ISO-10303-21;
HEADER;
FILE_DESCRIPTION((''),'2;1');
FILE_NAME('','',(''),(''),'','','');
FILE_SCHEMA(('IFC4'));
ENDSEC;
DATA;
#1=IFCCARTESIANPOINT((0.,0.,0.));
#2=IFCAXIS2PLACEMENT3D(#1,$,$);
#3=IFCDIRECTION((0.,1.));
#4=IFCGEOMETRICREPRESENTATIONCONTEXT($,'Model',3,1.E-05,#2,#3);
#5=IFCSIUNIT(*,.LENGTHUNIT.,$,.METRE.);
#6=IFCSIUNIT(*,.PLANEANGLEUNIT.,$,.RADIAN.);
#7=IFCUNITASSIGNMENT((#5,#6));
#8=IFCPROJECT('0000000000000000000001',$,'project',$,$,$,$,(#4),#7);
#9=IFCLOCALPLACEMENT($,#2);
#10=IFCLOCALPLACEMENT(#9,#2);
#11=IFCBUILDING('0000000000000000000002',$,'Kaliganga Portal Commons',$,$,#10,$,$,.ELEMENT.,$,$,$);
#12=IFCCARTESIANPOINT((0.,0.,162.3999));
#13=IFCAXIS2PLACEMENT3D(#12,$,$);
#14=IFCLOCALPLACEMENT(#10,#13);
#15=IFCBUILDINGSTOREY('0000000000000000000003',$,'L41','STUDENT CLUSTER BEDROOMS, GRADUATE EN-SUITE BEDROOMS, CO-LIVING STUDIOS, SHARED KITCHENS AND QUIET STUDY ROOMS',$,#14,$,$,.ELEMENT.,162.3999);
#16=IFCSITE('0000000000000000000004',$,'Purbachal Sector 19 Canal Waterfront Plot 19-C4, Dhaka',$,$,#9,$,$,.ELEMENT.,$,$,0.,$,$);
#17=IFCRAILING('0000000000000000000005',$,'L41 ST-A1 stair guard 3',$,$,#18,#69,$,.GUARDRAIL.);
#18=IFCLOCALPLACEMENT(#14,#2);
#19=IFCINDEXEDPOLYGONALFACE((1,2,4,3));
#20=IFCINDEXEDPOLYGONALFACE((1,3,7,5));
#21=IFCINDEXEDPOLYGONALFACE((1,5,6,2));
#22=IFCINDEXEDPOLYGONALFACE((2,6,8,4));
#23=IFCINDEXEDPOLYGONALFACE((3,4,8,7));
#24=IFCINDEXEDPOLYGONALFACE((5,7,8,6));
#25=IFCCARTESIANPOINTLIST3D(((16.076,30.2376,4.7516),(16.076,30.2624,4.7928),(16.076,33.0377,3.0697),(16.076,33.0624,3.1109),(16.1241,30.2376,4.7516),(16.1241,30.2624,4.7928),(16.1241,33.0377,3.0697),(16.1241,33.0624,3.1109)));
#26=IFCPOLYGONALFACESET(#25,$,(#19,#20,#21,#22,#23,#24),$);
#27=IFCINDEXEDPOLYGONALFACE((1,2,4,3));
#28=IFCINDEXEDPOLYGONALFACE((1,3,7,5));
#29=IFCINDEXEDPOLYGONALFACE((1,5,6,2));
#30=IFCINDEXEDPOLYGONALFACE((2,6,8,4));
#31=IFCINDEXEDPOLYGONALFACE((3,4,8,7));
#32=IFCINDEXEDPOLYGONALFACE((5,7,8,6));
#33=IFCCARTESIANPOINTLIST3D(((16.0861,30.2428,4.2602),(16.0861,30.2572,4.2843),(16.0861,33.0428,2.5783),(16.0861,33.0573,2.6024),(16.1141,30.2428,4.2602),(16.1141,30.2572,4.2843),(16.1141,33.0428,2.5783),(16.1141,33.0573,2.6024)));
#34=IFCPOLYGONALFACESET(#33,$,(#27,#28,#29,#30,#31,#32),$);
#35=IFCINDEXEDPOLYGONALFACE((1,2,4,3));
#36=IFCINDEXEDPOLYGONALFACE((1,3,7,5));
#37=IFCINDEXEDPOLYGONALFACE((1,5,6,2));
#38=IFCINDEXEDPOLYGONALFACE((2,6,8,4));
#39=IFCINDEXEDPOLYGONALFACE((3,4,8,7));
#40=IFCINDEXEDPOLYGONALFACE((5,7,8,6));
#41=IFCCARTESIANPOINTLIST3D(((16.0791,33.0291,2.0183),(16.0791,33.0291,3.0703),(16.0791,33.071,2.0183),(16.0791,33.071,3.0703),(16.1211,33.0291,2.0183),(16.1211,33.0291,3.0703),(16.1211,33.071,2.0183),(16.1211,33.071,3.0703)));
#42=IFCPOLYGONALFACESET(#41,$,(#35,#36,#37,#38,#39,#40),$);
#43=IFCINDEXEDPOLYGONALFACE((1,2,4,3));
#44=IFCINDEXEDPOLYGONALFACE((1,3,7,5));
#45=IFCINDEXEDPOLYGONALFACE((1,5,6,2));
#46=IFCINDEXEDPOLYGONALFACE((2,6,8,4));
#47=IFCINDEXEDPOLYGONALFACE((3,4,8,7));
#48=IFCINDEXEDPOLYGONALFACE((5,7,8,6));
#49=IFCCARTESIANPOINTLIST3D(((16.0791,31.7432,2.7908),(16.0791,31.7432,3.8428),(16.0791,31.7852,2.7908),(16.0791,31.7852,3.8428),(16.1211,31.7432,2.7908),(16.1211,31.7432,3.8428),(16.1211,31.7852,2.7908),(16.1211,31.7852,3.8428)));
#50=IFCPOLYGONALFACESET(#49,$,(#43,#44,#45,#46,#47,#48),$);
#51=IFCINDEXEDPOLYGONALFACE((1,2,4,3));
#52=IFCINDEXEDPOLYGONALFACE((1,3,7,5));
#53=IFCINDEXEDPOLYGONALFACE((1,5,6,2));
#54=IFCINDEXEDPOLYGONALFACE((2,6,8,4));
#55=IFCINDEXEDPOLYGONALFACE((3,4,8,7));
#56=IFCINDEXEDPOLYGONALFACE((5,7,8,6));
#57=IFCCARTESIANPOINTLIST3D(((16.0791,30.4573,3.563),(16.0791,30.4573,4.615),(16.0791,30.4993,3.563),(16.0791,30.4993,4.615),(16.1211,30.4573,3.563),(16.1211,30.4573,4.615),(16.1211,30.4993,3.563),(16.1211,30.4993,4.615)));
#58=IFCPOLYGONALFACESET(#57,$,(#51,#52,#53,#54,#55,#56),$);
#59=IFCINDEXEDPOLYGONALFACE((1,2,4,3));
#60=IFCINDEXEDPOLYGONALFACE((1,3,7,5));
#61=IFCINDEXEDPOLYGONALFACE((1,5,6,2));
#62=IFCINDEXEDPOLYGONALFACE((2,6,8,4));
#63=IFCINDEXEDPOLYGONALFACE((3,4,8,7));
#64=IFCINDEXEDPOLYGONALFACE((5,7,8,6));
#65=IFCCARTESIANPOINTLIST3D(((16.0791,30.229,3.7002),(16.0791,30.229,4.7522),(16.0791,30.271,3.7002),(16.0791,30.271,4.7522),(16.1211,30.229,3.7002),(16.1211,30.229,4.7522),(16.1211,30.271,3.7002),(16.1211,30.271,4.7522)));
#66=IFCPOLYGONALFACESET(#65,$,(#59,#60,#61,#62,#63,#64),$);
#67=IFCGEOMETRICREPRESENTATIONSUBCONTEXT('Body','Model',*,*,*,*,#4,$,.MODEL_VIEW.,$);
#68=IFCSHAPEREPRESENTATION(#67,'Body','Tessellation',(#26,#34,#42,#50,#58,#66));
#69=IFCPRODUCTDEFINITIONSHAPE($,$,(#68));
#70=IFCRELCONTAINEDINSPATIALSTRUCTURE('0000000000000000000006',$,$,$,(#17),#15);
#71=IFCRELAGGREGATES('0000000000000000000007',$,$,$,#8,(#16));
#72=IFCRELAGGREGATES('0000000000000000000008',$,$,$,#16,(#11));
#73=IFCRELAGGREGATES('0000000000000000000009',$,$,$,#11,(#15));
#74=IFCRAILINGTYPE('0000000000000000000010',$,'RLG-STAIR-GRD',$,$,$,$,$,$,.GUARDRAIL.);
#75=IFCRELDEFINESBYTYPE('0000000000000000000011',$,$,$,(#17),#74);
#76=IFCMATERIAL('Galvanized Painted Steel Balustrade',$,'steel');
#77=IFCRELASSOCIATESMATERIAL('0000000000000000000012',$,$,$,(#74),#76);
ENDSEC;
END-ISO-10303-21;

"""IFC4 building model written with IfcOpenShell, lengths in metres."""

from ifc_helpers import new_model, si_unit, direction, frame, origin, origin_2d, place, context, subcontext, project, spatial, rectangle, extrude, material, type_object, element, save


model = new_model("IFC4")

# Units and contexts
model_context = context("Model", 3, precision=1e-05, world=origin(), true_north=direction((0.0, 1.0)))
body_context = subcontext(model_context, "Body", "Model", "MODEL_VIEW")
ifc_project = project(units=[si_unit("LENGTHUNIT", "METRE"), si_unit("PLANEANGLEUNIT", "RADIAN")], contexts=[model_context])

# Site, building, storey
site_placement = place(None, origin())
site = spatial("IfcSite", under=ifc_project, at=site_placement, Name="Purbachal Sector 19 Canal Waterfront Plot 19-C4, Dhaka", CompositionType="ELEMENT", RefElevation=0.0)
building_placement = place(site_placement, origin())
building = spatial("IfcBuilding", under=site, at=building_placement, Name="Kaliganga Portal Commons", CompositionType="ELEMENT")
storey_placement = place(building_placement, frame((0.0, 0.0, 162.3999)))
storey = spatial("IfcBuildingStorey", under=building, at=storey_placement, Name="L41", Description="STUDENT CLUSTER BEDROOMS, GRADUATE EN-SUITE BEDROOMS, CO-LIVING STUDIOS, SHARED KITCHENS AND QUIET STUDY ROOMS", CompositionType="ELEMENT", Elevation=162.3999)

# Railing
ifc_material_1 = material(Name="Galvanized Painted Steel Balustrade", Category="steel")
railing_type = type_object("IfcRailingType", Name="RLG-STAIR-GRD", PredefinedType="GUARDRAIL", material=ifc_material_1)
railing_1_placement = place(storey_placement, frame((16.1001, 33.05, 2.0183)))
element("IfcRailing", 1, at=railing_1_placement, inside=storey, type_object=railing_type, Name="L41 ST-A1 stair guard 3", PredefinedType="GUARDRAIL", context=body_context, shape_type="SweptSolid", body=[
    extrude(rectangle(XDim=0.0481, YDim=0.0481, at=origin_2d()), frame((0.0, 0.0, 1.072), z_axis=(0.0, -0.857242, 0.514913), x_axis=(1.0, 0.0, 0.0)), (0.0, 0.0, 1.0), 3.2664),
    extrude(rectangle(XDim=0.0281, YDim=0.0281, at=origin_2d()), frame((0.0, 0.0, 0.572), z_axis=(0.0, -0.857242, 0.514913), x_axis=(1.0, 0.0, 0.0)), (0.0, 0.0, 1.0), 3.2664),
    extrude(rectangle(XDim=0.042, YDim=0.042, at=origin_2d()), origin(), (0.0, 0.0, 1.0), 1.052),
    extrude(rectangle(XDim=0.042, YDim=0.042, at=origin_2d()), frame((0.0, -1.2859, 0.7725)), (0.0, 0.0, 1.0), 1.052),
    extrude(rectangle(XDim=0.042, YDim=0.042, at=origin_2d()), frame((0.0, -2.5718, 1.5447)), (0.0, 0.0, 1.0), 1.052),
    extrude(rectangle(XDim=0.042, YDim=0.042, at=origin_2d()), frame((0.0, -2.8, 1.6819)), (0.0, 0.0, 1.0), 1.052),
])

save(model, "model.ifc")
